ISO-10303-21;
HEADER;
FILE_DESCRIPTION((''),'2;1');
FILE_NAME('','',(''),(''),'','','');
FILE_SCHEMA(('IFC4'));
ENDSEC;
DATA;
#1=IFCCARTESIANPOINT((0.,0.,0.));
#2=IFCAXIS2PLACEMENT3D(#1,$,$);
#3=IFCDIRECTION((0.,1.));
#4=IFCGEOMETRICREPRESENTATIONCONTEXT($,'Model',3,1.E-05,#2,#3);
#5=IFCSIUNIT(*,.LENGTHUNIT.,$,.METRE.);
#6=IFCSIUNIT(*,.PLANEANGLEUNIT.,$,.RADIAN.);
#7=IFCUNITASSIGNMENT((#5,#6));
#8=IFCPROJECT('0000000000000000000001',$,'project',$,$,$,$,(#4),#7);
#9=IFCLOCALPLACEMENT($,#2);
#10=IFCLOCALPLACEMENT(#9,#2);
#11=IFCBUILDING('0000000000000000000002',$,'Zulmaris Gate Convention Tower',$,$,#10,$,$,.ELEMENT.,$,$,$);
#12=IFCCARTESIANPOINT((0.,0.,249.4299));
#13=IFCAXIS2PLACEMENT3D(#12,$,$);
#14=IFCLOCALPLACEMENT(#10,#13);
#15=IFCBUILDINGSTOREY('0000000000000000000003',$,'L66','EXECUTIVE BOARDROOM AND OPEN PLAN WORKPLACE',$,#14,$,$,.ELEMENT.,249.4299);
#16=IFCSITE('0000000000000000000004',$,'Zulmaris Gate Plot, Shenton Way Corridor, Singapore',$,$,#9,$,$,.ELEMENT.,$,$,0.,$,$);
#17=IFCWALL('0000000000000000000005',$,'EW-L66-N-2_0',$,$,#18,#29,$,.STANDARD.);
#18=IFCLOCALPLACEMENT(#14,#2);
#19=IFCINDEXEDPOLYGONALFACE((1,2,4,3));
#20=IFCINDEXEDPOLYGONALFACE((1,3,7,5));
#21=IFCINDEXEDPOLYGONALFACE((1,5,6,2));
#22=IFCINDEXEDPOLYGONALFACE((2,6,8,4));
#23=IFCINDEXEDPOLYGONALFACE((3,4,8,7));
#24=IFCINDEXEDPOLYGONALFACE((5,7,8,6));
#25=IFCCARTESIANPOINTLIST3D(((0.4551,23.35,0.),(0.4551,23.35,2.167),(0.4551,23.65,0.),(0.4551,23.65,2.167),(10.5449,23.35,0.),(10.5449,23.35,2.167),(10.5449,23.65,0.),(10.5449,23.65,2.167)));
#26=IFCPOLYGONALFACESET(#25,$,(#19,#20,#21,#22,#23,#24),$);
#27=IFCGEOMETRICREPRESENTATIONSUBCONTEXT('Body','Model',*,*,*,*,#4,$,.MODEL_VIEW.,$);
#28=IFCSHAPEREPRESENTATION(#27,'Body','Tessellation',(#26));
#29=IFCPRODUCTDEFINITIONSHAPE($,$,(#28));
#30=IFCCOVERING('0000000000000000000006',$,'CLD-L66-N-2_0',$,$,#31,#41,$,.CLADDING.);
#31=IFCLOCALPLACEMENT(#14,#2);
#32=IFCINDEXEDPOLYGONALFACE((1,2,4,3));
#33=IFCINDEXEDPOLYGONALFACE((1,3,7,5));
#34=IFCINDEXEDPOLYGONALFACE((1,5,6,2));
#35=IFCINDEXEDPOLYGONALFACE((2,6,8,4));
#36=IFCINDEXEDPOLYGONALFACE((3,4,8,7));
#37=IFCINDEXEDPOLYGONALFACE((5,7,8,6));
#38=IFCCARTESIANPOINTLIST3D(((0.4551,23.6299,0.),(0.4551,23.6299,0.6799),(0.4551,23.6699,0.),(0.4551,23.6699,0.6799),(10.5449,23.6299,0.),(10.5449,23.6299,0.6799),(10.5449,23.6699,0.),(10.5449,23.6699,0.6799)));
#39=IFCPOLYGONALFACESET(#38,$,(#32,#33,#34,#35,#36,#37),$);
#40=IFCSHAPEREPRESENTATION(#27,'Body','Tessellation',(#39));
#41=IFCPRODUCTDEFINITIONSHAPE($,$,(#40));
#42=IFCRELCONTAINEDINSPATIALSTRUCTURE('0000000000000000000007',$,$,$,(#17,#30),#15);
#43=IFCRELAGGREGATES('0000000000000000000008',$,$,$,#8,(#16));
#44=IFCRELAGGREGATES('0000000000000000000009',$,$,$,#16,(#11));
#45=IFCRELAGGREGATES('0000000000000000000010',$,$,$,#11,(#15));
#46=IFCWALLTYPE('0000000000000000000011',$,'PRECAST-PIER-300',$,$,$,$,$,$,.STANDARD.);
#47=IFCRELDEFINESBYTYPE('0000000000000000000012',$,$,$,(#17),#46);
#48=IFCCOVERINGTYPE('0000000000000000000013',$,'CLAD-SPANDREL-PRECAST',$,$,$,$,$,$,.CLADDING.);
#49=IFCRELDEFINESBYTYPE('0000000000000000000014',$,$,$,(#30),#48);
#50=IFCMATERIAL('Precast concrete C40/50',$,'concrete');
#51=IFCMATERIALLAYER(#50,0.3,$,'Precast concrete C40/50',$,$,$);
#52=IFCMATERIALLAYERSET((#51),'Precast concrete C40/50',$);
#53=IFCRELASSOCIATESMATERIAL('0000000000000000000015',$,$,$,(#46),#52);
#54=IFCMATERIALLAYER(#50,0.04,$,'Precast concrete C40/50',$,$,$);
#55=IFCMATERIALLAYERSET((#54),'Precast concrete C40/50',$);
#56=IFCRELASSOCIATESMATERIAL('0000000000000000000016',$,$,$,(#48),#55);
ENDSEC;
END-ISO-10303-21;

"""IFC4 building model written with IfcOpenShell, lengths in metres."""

from ifc_helpers import new_model, si_unit, direction, frame, frame_2d, origin, place, context, subcontext, project, spatial, rectangle, extrude, material, layer, layer_set, type_object, element, save


model = new_model("IFC4")

# Units and contexts
model_context = context("Model", 3, precision=1e-05, world=origin(), true_north=direction((0.0, 1.0)))
body_context = subcontext(model_context, "Body", "Model", "MODEL_VIEW")
ifc_project = project(units=[si_unit("LENGTHUNIT", "METRE"), si_unit("PLANEANGLEUNIT", "RADIAN")], contexts=[model_context])

# Site, building, storey
site_placement = place(None, origin())
site = spatial("IfcSite", under=ifc_project, at=site_placement, Name="Zulmaris Gate Plot, Shenton Way Corridor, Singapore", CompositionType="ELEMENT", RefElevation=0.0)
building_placement = place(site_placement, origin())
building = spatial("IfcBuilding", under=site, at=building_placement, Name="Zulmaris Gate Convention Tower", CompositionType="ELEMENT")
storey_placement = place(building_placement, frame((0.0, 0.0, 249.4299)))
storey = spatial("IfcBuildingStorey", under=building, at=storey_placement, Name="L66", Description="EXECUTIVE BOARDROOM AND OPEN PLAN WORKPLACE", CompositionType="ELEMENT", Elevation=249.4299)

# Wall
ifc_material_1 = material(Name="Precast concrete C40/50", Category="concrete")
ifc_layer_1 = layer(ifc_material_1, 0.3, Name="Precast concrete C40/50")
ifc_layer_set_1 = layer_set([ifc_layer_1], Name="Precast concrete C40/50")
wall_type_1 = type_object("IfcWallType", Name="PRECAST-PIER-300", PredefinedType="STANDARD", material=ifc_layer_set_1)
wall_1_placement = place(storey_placement, frame((10.5449, 23.5, 0.0), z_axis=(0.0, 0.0, 1.0), x_axis=(-1.0, 0.0, 0.0)))
element("IfcWall", 1, at=wall_1_placement, inside=storey, type_object=wall_type_1, Name="EW-L66-N-2_0", PredefinedType="STANDARD", context=body_context, shape_type="SweptSolid", body=[
    extrude(rectangle(XDim=10.0898, YDim=0.3, at=frame_2d((5.0449, 0.0))), origin(), (0.0, 0.0, 1.0), 2.167),
])

# Covering
ifc_layer_2 = layer(ifc_material_1, 0.04, Name="Precast concrete C40/50")
ifc_layer_set_2 = layer_set([ifc_layer_2], Name="Precast concrete C40/50")
covering_type = type_object("IfcCoveringType", Name="CLAD-SPANDREL-PRECAST", PredefinedType="CLADDING", material=ifc_layer_set_2)
covering_placement = place(storey_placement, frame((10.5449, 23.6499, 0.0), z_axis=(0.0, 0.0, 1.0), x_axis=(-1.0, 0.0, 0.0)))
element("IfcCovering", 2, at=covering_placement, inside=storey, type_object=covering_type, Name="CLD-L66-N-2_0", PredefinedType="CLADDING", context=body_context, shape_type="SweptSolid", body=[
    extrude(rectangle(XDim=10.0898, YDim=0.04, at=frame_2d((5.0449, 0.0))), origin(), (0.0, 0.0, 1.0), 0.6799),
])

save(model, "model.ifc")
